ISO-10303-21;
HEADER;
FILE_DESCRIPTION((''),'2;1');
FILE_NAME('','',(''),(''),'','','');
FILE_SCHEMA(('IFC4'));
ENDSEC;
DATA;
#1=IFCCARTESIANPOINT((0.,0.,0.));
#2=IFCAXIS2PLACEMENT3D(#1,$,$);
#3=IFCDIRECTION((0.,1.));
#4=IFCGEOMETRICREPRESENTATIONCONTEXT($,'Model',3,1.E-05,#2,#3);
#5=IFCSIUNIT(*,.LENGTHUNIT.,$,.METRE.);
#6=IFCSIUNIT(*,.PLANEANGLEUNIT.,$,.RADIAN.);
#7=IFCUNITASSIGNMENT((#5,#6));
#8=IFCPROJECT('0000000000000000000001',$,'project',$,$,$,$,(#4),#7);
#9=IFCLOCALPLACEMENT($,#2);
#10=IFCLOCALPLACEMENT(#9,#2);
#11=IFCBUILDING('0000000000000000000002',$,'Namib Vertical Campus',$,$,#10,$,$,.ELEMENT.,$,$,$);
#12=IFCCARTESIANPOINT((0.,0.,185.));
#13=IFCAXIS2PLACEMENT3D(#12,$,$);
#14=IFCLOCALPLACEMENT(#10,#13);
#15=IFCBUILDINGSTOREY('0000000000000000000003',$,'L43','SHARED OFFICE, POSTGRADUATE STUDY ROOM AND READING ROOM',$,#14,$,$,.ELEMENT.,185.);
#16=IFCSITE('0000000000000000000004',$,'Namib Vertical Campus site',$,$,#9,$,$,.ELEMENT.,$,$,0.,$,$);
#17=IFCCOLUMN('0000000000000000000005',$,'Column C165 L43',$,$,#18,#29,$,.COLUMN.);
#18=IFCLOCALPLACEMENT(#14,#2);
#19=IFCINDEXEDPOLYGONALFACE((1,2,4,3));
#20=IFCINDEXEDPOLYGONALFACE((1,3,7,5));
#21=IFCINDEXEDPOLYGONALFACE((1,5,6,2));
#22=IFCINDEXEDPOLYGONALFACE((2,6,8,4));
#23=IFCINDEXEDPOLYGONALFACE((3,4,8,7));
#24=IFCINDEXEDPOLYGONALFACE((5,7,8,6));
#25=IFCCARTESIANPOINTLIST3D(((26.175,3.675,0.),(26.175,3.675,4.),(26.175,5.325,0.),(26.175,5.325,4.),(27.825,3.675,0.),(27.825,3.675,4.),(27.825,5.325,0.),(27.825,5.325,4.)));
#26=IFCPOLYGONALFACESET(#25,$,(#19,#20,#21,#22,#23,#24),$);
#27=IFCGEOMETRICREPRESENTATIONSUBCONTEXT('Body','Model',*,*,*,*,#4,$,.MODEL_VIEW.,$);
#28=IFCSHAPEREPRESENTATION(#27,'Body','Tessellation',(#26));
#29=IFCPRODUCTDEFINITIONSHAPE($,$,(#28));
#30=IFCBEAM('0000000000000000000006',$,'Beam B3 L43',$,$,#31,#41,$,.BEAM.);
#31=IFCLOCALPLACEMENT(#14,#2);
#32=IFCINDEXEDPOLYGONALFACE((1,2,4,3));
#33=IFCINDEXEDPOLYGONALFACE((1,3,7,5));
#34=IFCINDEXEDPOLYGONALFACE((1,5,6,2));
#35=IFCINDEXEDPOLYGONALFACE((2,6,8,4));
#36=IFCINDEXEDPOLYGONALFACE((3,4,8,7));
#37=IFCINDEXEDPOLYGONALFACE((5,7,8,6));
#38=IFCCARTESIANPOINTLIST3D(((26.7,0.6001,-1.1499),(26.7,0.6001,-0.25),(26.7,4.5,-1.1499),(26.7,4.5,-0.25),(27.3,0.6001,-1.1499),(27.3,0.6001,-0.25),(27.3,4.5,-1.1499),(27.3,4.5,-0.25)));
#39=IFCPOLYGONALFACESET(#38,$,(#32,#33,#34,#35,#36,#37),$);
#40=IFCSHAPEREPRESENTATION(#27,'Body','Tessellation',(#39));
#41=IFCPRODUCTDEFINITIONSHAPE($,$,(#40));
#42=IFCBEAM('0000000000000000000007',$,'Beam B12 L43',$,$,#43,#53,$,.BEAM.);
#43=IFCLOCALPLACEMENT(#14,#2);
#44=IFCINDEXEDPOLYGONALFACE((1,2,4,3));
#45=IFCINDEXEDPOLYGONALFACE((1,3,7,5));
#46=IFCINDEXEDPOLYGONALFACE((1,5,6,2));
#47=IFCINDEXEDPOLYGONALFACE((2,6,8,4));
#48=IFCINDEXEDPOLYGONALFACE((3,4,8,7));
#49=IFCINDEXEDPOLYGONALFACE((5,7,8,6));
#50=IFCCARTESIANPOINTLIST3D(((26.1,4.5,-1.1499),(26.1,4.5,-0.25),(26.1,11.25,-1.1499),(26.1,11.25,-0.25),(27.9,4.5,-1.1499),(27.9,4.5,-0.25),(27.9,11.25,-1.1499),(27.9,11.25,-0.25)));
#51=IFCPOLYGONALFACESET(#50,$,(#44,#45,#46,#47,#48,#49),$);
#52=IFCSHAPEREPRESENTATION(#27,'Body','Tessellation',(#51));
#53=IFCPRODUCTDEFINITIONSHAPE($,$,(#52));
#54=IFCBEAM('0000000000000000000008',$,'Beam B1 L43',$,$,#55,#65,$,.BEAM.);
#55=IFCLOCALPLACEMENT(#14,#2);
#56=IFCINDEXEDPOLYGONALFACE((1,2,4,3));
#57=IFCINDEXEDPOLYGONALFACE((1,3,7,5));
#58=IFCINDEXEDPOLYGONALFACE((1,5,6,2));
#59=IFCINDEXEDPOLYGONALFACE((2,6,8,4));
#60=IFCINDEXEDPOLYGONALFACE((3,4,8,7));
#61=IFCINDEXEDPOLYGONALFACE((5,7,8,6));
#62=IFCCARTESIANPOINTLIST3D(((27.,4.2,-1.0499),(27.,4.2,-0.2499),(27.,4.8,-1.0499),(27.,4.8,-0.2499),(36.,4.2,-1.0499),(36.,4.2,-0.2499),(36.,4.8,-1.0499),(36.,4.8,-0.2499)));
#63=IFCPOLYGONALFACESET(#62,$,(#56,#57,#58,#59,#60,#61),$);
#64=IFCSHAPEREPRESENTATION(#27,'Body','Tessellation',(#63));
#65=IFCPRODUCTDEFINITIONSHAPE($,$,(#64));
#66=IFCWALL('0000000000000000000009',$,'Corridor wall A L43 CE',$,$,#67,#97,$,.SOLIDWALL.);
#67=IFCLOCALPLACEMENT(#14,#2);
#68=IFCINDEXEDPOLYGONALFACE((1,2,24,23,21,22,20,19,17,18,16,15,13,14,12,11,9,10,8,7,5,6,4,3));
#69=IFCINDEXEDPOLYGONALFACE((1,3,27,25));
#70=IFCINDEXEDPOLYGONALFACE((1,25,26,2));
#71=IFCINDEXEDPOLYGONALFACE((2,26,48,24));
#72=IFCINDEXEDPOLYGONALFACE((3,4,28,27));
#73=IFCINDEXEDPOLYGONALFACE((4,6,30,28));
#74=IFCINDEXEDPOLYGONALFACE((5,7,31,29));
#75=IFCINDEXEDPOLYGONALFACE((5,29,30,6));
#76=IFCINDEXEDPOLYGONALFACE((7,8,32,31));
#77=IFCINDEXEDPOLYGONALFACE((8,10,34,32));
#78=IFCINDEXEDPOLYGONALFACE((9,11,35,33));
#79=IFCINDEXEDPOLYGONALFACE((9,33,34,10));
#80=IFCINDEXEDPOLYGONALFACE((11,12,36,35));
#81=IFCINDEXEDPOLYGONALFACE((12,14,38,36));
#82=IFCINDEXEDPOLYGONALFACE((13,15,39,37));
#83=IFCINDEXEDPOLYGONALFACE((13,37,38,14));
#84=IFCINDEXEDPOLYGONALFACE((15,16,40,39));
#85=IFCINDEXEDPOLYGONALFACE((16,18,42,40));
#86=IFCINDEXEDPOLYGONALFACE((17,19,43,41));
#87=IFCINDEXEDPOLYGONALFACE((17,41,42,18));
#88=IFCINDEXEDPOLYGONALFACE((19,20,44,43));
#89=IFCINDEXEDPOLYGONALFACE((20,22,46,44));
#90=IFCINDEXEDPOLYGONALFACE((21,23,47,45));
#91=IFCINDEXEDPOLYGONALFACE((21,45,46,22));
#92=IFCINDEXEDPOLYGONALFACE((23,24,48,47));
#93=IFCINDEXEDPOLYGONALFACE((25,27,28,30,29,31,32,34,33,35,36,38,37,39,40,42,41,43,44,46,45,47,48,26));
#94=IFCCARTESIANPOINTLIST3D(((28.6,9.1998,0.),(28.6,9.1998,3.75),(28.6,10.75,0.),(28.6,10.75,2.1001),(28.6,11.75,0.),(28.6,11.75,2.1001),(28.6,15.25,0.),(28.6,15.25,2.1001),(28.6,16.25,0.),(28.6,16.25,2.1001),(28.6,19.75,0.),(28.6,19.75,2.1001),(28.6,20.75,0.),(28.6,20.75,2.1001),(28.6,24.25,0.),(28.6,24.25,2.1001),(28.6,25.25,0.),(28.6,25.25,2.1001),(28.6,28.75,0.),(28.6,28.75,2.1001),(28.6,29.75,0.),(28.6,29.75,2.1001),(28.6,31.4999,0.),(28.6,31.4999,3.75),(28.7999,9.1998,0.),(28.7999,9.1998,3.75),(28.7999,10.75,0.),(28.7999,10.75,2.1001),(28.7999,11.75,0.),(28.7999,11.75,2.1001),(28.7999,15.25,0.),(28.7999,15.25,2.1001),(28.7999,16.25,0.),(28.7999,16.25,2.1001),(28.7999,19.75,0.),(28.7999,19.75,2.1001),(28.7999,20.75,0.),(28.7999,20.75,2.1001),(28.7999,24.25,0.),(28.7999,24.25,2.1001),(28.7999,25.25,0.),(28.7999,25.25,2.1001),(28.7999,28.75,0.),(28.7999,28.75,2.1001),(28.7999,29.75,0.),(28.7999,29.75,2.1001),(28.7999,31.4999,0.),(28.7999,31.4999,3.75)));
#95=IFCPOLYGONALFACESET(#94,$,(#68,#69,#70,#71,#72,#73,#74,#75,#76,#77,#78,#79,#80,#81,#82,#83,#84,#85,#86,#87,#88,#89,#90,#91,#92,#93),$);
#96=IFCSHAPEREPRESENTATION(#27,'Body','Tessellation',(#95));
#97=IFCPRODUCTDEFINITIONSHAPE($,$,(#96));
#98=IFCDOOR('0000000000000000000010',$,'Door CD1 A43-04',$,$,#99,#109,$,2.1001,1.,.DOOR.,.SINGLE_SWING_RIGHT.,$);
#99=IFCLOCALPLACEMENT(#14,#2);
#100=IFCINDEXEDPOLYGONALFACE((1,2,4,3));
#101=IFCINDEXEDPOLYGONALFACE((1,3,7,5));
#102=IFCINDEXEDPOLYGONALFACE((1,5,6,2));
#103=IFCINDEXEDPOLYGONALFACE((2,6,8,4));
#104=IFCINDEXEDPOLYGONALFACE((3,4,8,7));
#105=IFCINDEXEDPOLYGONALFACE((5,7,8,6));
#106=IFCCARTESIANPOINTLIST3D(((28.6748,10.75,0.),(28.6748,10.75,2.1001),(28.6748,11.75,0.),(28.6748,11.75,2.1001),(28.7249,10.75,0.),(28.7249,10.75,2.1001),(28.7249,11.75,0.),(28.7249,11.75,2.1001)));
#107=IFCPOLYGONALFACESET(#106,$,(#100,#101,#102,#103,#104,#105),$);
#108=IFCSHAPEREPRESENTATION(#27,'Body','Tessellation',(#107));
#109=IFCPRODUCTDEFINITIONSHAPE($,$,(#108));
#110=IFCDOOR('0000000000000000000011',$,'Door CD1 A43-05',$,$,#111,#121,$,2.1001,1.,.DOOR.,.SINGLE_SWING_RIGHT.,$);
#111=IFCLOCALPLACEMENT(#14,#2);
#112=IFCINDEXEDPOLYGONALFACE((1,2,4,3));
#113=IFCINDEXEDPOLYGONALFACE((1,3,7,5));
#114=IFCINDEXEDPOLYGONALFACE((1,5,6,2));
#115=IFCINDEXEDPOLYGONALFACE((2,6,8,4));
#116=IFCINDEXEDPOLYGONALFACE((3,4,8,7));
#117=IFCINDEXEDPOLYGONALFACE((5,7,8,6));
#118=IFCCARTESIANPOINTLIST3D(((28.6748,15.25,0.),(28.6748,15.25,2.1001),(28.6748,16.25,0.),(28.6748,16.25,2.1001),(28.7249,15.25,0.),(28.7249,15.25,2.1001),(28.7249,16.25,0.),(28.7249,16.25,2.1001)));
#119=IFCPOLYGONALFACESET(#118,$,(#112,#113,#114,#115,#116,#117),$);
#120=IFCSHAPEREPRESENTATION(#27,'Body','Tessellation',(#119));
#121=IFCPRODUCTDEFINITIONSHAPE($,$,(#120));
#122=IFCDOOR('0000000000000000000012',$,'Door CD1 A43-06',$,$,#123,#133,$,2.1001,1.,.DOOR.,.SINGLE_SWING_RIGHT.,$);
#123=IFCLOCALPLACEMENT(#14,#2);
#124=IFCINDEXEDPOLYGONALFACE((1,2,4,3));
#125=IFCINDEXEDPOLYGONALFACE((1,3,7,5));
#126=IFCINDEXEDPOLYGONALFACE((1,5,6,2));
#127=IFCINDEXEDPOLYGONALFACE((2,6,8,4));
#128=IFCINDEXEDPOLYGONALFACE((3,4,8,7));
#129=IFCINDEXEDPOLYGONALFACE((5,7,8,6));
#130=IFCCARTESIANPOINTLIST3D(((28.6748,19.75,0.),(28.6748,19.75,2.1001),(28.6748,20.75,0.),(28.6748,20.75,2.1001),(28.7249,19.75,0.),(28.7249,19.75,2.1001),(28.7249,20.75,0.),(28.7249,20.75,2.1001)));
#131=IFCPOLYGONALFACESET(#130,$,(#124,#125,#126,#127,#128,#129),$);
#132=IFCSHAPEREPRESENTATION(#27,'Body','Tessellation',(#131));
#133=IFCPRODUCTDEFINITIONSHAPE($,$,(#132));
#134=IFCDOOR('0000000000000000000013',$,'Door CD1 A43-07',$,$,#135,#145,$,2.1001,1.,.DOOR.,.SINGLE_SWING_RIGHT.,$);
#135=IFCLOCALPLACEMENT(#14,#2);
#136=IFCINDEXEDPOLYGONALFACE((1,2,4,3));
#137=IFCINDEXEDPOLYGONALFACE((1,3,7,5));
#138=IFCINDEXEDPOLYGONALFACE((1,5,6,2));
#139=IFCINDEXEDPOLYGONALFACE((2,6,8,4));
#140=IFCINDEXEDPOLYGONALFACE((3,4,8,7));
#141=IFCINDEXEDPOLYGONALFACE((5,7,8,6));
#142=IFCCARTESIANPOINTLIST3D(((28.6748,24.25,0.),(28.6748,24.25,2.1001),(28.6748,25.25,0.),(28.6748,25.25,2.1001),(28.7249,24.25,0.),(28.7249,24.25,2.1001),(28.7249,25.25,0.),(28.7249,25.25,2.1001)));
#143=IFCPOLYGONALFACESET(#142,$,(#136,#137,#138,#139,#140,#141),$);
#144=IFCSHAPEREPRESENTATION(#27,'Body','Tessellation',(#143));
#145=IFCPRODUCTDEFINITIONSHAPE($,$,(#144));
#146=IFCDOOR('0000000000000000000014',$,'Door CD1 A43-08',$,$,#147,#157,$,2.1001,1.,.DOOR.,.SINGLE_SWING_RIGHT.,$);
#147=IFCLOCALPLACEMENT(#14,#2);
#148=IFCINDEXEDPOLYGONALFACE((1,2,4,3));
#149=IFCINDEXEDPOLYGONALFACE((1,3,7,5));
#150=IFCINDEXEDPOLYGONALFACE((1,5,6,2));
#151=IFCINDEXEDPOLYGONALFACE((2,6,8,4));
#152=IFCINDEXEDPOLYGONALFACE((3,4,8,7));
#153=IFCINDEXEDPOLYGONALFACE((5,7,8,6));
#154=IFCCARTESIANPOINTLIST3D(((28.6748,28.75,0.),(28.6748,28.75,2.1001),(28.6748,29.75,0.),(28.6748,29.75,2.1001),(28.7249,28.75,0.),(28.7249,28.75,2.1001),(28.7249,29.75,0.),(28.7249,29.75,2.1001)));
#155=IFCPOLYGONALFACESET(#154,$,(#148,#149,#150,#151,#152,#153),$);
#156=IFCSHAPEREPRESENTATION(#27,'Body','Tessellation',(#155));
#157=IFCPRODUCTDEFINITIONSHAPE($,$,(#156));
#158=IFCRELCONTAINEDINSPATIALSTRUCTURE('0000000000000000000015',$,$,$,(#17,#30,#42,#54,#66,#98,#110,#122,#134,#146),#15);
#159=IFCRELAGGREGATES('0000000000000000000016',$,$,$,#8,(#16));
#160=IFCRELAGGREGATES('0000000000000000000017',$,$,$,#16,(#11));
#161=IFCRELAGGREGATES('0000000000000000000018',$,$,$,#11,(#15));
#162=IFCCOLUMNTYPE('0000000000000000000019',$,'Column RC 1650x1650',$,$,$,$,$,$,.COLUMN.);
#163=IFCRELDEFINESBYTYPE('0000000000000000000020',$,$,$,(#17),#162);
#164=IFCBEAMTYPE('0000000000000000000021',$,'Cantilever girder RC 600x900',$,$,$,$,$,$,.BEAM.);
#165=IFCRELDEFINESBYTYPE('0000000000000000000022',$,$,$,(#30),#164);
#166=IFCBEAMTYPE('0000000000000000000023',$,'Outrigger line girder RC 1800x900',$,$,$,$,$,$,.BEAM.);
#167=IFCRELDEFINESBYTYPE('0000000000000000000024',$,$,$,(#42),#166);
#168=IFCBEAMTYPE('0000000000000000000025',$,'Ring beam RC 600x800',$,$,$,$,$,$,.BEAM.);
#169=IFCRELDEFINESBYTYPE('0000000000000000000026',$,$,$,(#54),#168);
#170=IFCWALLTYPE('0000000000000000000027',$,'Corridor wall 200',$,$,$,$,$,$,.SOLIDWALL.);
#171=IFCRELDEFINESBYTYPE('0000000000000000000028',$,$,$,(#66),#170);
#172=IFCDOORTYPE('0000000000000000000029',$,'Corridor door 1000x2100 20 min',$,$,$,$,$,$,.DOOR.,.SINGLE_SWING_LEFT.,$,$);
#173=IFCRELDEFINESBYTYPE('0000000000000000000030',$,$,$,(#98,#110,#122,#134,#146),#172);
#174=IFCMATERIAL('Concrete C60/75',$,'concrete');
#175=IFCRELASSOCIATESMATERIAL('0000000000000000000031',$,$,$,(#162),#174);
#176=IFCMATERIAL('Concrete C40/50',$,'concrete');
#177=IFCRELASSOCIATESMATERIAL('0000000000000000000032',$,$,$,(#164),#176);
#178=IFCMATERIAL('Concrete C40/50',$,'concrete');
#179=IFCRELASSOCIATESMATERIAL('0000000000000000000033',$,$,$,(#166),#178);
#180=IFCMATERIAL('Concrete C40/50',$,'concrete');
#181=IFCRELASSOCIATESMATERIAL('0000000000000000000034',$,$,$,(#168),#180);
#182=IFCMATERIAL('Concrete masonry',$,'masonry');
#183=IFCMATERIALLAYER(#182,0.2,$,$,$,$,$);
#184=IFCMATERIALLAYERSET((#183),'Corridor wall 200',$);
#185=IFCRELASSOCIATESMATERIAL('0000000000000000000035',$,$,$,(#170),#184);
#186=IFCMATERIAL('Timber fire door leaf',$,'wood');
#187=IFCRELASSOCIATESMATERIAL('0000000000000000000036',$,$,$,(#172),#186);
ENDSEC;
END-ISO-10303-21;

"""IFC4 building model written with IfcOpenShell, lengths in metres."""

from ifc_helpers import new_model, si_unit, direction, frame, frame_2d, origin, origin_2d, place, context, subcontext, project, spatial, rectangle, extrude, material, layer, layer_set, material_profile, profile_set, type_object, element, fill, save


model = new_model("IFC4")

# Units and contexts
model_context = context("Model", 3, precision=1e-05, world=origin(), true_north=direction((0.0, 1.0)))
body_context = subcontext(model_context, "Body", "Model", "MODEL_VIEW")
ifc_project = project(units=[si_unit("LENGTHUNIT", "METRE"), si_unit("PLANEANGLEUNIT", "RADIAN")], contexts=[model_context])

# Site, building, storey
site_placement = place(None, origin())
site = spatial("IfcSite", under=ifc_project, at=site_placement, Name="Namib Vertical Campus site", CompositionType="ELEMENT", RefElevation=0.0)
building_placement = place(site_placement, origin())
building = spatial("IfcBuilding", under=site, at=building_placement, Name="Namib Vertical Campus", CompositionType="ELEMENT")
storey_placement = place(building_placement, frame((0.0, 0.0, 185.0)))
storey = spatial("IfcBuildingStorey", under=building, at=storey_placement, Name="L43", Description="SHARED OFFICE, POSTGRADUATE STUDY ROOM AND READING ROOM", CompositionType="ELEMENT", Elevation=185.0)

# Column
ifc_material_1 = material(Name="Concrete C60/75", Category="concrete")
ifc_material_profile_1 = material_profile(ifc_material_1, rectangle(XDim=1.6499, YDim=1.6499, at=origin_2d()))
ifc_profile_set_1 = profile_set([ifc_material_profile_1], Name="Concrete C60/75")
column_type = type_object("IfcColumnType", Name="Column RC 1650x1650", PredefinedType="COLUMN", material=ifc_profile_set_1)
column_placement = place(storey_placement, frame((27.0, 4.5, 0.0), z_axis=(0.0, 0.0, 1.0), x_axis=(1.0, 0.0, 0.0)))
element("IfcColumn", 1, at=column_placement, inside=storey, type_object=column_type, Name="Column C165 L43", PredefinedType="COLUMN", context=body_context, shape_type="SweptSolid", body=[
    extrude(rectangle(XDim=1.6499, YDim=1.6499, at=origin_2d()), origin(), (0.0, 0.0, 1.0), 4.0),
])

# Beams
ifc_material_2 = material(Name="Concrete C40/50", Category="concrete")
ifc_material_profile_2 = material_profile(ifc_material_2, rectangle(XDim=0.6001, YDim=0.8999, at=origin_2d()))
ifc_profile_set_2 = profile_set([ifc_material_profile_2], Name="Concrete C40/50")
beam_type_1 = type_object("IfcBeamType", Name="Cantilever girder RC 600x900", PredefinedType="BEAM", material=ifc_profile_set_2)
beam_1_placement = place(storey_placement, frame((27.0, 4.5, -0.7), z_axis=(0.0, -1.0, 0.0), x_axis=(1.0, 0.0, 0.0)))
element("IfcBeam", 2, at=beam_1_placement, inside=storey, type_object=beam_type_1, Name="Beam B3 L43", PredefinedType="BEAM", context=body_context, shape_type="SweptSolid", body=[
    extrude(rectangle(XDim=0.6001, YDim=0.8999, at=origin_2d()), origin(), (0.0, 0.0, 1.0), 3.8999),
])
ifc_material_3 = material(Name="Concrete C40/50", Category="concrete")
ifc_material_profile_3 = material_profile(ifc_material_3, rectangle(XDim=1.8, YDim=0.8999, at=origin_2d()))
ifc_profile_set_3 = profile_set([ifc_material_profile_3], Name="Concrete C40/50")
beam_type_2 = type_object("IfcBeamType", Name="Outrigger line girder RC 1800x900", PredefinedType="BEAM", material=ifc_profile_set_3)
beam_2_placement = place(storey_placement, frame((27.0, 4.5, -0.7), z_axis=(0.0, 1.0, 0.0), x_axis=(-1.0, 0.0, 0.0)))
element("IfcBeam", 3, at=beam_2_placement, inside=storey, type_object=beam_type_2, Name="Beam B12 L43", PredefinedType="BEAM", context=body_context, shape_type="SweptSolid", body=[
    extrude(rectangle(XDim=1.8, YDim=0.8999, at=origin_2d()), origin(), (0.0, 0.0, 1.0), 6.75),
])
ifc_material_4 = material(Name="Concrete C40/50", Category="concrete")
ifc_material_profile_4 = material_profile(ifc_material_4, rectangle(XDim=0.6001, YDim=0.8, at=origin_2d()))
ifc_profile_set_4 = profile_set([ifc_material_profile_4], Name="Concrete C40/50")
beam_type_3 = type_object("IfcBeamType", Name="Ring beam RC 600x800", PredefinedType="BEAM", material=ifc_profile_set_4)
beam_3_placement = place(storey_placement, frame((27.0, 4.5, -0.6499), z_axis=(1.0, 0.0, 0.0), x_axis=(0.0, 1.0, 0.0)))
element("IfcBeam", 4, at=beam_3_placement, inside=storey, type_object=beam_type_3, Name="Beam B1 L43", PredefinedType="BEAM", context=body_context, shape_type="SweptSolid", body=[
    extrude(rectangle(XDim=0.6001, YDim=0.8, at=origin_2d()), origin(), (0.0, 0.0, 1.0), 9.0),
])

# Wall, openings, doors
ifc_material_5 = material(Name="Concrete masonry", Category="masonry")
ifc_layer_1 = layer(ifc_material_5, 0.2)
ifc_layer_set_1 = layer_set([ifc_layer_1], Name="Corridor wall 200")
wall_type_1 = type_object("IfcWallType", Name="Corridor wall 200", PredefinedType="SOLIDWALL", material=ifc_layer_set_1)
wall_1_placement = place(storey_placement, frame((28.7, 9.2, 0.0), z_axis=(0.0, 0.0, 1.0), x_axis=(0.0, 1.0, 0.0)))
wall_1 = element("IfcWall", 5, at=wall_1_placement, inside=storey, type_object=wall_type_1, Name="Corridor wall A L43 CE", PredefinedType="SOLIDWALL", context=body_context, shape_type="SweptSolid", body=[
    extrude(rectangle(XDim=22.3, YDim=0.2, at=frame_2d((11.1499, 0.0))), origin(), (0.0, 0.0, 1.0), 3.75),
])
opening_1_placement = place(wall_1_placement, frame((1.55, 0.0, 0.0)))
opening_1 = element("IfcOpeningElement", 6, at=opening_1_placement, cuts=wall_1, PredefinedType="OPENING", context=body_context, shape_type="SweptSolid", body=[
    extrude(rectangle(XDim=1.0, YDim=2.1001, at=frame_2d((0.5, 1.05))), frame((0.0, 0.1099, 0.0), z_axis=(0.0, -1.0, 0.0), x_axis=(1.0, 0.0, 0.0)), (0.0, 0.0, 1.0), 0.22),
])
opening_2_placement = place(wall_1_placement, frame((6.05, 0.0, 0.0)))
opening_2 = element("IfcOpeningElement", 7, at=opening_2_placement, cuts=wall_1, PredefinedType="OPENING", context=body_context, shape_type="SweptSolid", body=[
    extrude(rectangle(XDim=1.0, YDim=2.1001, at=frame_2d((0.5, 1.05))), frame((0.0, 0.1099, 0.0), z_axis=(0.0, -1.0, 0.0), x_axis=(1.0, 0.0, 0.0)), (0.0, 0.0, 1.0), 0.22),
])
opening_3_placement = place(wall_1_placement, frame((10.55, 0.0, 0.0)))
opening_3 = element("IfcOpeningElement", 8, at=opening_3_placement, cuts=wall_1, PredefinedType="OPENING", context=body_context, shape_type="SweptSolid", body=[
    extrude(rectangle(XDim=1.0, YDim=2.1001, at=frame_2d((0.5, 1.05))), frame((0.0, 0.1099, 0.0), z_axis=(0.0, -1.0, 0.0), x_axis=(1.0, 0.0, 0.0)), (0.0, 0.0, 1.0), 0.22),
])
opening_4_placement = place(wall_1_placement, frame((15.05, 0.0, 0.0)))
opening_4 = element("IfcOpeningElement", 9, at=opening_4_placement, cuts=wall_1, PredefinedType="OPENING", context=body_context, shape_type="SweptSolid", body=[
    extrude(rectangle(XDim=1.0, YDim=2.1001, at=frame_2d((0.5, 1.05))), frame((0.0, 0.1099, 0.0), z_axis=(0.0, -1.0, 0.0), x_axis=(1.0, 0.0, 0.0)), (0.0, 0.0, 1.0), 0.22),
])
opening_5_placement = place(wall_1_placement, frame((19.55, 0.0, 0.0)))
opening_5 = element("IfcOpeningElement", 10, at=opening_5_placement, cuts=wall_1, PredefinedType="OPENING", context=body_context, shape_type="SweptSolid", body=[
    extrude(rectangle(XDim=1.0, YDim=2.1001, at=frame_2d((0.5, 1.05))), frame((0.0, 0.1099, 0.0), z_axis=(0.0, -1.0, 0.0), x_axis=(1.0, 0.0, 0.0)), (0.0, 0.0, 1.0), 0.22),
])
ifc_material_6 = material(Name="Timber fire door leaf", Category="wood")
door_type = type_object("IfcDoorType", Name="Corridor door 1000x2100 20 min", OperationType="SINGLE_SWING_LEFT", PredefinedType="DOOR", material=ifc_material_6)
door_1_placement = place(opening_1_placement, frame((1.0, 0.0, 0.0), z_axis=(0.0, 0.0, 1.0), x_axis=(-1.0, 0.0, 0.0)))
door_1 = element("IfcDoor", 11, at=door_1_placement, inside=storey, type_object=door_type, Name="Door CD1 A43-04", OperationType="SINGLE_SWING_RIGHT", OverallHeight=2.1001, OverallWidth=1.0, PredefinedType="DOOR", context=body_context, shape_type="SweptSolid", body=[
    extrude(rectangle(XDim=1.0, YDim=2.1001, at=frame_2d((0.5, 1.05))), frame((0.0, 0.0249, 0.0), z_axis=(0.0, -1.0, 0.0), x_axis=(1.0, 0.0, 0.0)), (0.0, 0.0, 1.0), 0.05),
])
fill(opening_1, door_1)
door_2_placement = place(opening_2_placement, frame((1.0, 0.0, 0.0), z_axis=(0.0, 0.0, 1.0), x_axis=(-1.0, 0.0, 0.0)))
door_2 = element("IfcDoor", 12, at=door_2_placement, inside=storey, type_object=door_type, Name="Door CD1 A43-05", OperationType="SINGLE_SWING_RIGHT", OverallHeight=2.1001, OverallWidth=1.0, PredefinedType="DOOR", context=body_context, shape_type="SweptSolid", body=[
    extrude(rectangle(XDim=1.0, YDim=2.1001, at=frame_2d((0.5, 1.05))), frame((0.0, 0.0249, 0.0), z_axis=(0.0, -1.0, 0.0), x_axis=(1.0, 0.0, 0.0)), (0.0, 0.0, 1.0), 0.05),
])
fill(opening_2, door_2)
door_3_placement = place(opening_3_placement, frame((1.0, 0.0, 0.0), z_axis=(0.0, 0.0, 1.0), x_axis=(-1.0, 0.0, 0.0)))
door_3 = element("IfcDoor", 13, at=door_3_placement, inside=storey, type_object=door_type, Name="Door CD1 A43-06", OperationType="SINGLE_SWING_RIGHT", OverallHeight=2.1001, OverallWidth=1.0, PredefinedType="DOOR", context=body_context, shape_type="SweptSolid", body=[
    extrude(rectangle(XDim=1.0, YDim=2.1001, at=frame_2d((0.5, 1.05))), frame((0.0, 0.0249, 0.0), z_axis=(0.0, -1.0, 0.0), x_axis=(1.0, 0.0, 0.0)), (0.0, 0.0, 1.0), 0.05),
])
fill(opening_3, door_3)
door_4_placement = place(opening_4_placement, frame((1.0, 0.0, 0.0), z_axis=(0.0, 0.0, 1.0), x_axis=(-1.0, 0.0, 0.0)))
door_4 = element("IfcDoor", 14, at=door_4_placement, inside=storey, type_object=door_type, Name="Door CD1 A43-07", OperationType="SINGLE_SWING_RIGHT", OverallHeight=2.1001, OverallWidth=1.0, PredefinedType="DOOR", context=body_context, shape_type="SweptSolid", body=[
    extrude(rectangle(XDim=1.0, YDim=2.1001, at=frame_2d((0.5, 1.05))), frame((0.0, 0.0249, 0.0), z_axis=(0.0, -1.0, 0.0), x_axis=(1.0, 0.0, 0.0)), (0.0, 0.0, 1.0), 0.05),
])
fill(opening_4, door_4)
door_5_placement = place(opening_5_placement, frame((1.0, 0.0, 0.0), z_axis=(0.0, 0.0, 1.0), x_axis=(-1.0, 0.0, 0.0)))
door_5 = element("IfcDoor", 15, at=door_5_placement, inside=storey, type_object=door_type, Name="Door CD1 A43-08", OperationType="SINGLE_SWING_RIGHT", OverallHeight=2.1001, OverallWidth=1.0, PredefinedType="DOOR", context=body_context, shape_type="SweptSolid", body=[
    extrude(rectangle(XDim=1.0, YDim=2.1001, at=frame_2d((0.5, 1.05))), frame((0.0, 0.0249, 0.0), z_axis=(0.0, -1.0, 0.0), x_axis=(1.0, 0.0, 0.0)), (0.0, 0.0, 1.0), 0.05),
])
fill(opening_5, door_5)

save(model, "model.ifc")
